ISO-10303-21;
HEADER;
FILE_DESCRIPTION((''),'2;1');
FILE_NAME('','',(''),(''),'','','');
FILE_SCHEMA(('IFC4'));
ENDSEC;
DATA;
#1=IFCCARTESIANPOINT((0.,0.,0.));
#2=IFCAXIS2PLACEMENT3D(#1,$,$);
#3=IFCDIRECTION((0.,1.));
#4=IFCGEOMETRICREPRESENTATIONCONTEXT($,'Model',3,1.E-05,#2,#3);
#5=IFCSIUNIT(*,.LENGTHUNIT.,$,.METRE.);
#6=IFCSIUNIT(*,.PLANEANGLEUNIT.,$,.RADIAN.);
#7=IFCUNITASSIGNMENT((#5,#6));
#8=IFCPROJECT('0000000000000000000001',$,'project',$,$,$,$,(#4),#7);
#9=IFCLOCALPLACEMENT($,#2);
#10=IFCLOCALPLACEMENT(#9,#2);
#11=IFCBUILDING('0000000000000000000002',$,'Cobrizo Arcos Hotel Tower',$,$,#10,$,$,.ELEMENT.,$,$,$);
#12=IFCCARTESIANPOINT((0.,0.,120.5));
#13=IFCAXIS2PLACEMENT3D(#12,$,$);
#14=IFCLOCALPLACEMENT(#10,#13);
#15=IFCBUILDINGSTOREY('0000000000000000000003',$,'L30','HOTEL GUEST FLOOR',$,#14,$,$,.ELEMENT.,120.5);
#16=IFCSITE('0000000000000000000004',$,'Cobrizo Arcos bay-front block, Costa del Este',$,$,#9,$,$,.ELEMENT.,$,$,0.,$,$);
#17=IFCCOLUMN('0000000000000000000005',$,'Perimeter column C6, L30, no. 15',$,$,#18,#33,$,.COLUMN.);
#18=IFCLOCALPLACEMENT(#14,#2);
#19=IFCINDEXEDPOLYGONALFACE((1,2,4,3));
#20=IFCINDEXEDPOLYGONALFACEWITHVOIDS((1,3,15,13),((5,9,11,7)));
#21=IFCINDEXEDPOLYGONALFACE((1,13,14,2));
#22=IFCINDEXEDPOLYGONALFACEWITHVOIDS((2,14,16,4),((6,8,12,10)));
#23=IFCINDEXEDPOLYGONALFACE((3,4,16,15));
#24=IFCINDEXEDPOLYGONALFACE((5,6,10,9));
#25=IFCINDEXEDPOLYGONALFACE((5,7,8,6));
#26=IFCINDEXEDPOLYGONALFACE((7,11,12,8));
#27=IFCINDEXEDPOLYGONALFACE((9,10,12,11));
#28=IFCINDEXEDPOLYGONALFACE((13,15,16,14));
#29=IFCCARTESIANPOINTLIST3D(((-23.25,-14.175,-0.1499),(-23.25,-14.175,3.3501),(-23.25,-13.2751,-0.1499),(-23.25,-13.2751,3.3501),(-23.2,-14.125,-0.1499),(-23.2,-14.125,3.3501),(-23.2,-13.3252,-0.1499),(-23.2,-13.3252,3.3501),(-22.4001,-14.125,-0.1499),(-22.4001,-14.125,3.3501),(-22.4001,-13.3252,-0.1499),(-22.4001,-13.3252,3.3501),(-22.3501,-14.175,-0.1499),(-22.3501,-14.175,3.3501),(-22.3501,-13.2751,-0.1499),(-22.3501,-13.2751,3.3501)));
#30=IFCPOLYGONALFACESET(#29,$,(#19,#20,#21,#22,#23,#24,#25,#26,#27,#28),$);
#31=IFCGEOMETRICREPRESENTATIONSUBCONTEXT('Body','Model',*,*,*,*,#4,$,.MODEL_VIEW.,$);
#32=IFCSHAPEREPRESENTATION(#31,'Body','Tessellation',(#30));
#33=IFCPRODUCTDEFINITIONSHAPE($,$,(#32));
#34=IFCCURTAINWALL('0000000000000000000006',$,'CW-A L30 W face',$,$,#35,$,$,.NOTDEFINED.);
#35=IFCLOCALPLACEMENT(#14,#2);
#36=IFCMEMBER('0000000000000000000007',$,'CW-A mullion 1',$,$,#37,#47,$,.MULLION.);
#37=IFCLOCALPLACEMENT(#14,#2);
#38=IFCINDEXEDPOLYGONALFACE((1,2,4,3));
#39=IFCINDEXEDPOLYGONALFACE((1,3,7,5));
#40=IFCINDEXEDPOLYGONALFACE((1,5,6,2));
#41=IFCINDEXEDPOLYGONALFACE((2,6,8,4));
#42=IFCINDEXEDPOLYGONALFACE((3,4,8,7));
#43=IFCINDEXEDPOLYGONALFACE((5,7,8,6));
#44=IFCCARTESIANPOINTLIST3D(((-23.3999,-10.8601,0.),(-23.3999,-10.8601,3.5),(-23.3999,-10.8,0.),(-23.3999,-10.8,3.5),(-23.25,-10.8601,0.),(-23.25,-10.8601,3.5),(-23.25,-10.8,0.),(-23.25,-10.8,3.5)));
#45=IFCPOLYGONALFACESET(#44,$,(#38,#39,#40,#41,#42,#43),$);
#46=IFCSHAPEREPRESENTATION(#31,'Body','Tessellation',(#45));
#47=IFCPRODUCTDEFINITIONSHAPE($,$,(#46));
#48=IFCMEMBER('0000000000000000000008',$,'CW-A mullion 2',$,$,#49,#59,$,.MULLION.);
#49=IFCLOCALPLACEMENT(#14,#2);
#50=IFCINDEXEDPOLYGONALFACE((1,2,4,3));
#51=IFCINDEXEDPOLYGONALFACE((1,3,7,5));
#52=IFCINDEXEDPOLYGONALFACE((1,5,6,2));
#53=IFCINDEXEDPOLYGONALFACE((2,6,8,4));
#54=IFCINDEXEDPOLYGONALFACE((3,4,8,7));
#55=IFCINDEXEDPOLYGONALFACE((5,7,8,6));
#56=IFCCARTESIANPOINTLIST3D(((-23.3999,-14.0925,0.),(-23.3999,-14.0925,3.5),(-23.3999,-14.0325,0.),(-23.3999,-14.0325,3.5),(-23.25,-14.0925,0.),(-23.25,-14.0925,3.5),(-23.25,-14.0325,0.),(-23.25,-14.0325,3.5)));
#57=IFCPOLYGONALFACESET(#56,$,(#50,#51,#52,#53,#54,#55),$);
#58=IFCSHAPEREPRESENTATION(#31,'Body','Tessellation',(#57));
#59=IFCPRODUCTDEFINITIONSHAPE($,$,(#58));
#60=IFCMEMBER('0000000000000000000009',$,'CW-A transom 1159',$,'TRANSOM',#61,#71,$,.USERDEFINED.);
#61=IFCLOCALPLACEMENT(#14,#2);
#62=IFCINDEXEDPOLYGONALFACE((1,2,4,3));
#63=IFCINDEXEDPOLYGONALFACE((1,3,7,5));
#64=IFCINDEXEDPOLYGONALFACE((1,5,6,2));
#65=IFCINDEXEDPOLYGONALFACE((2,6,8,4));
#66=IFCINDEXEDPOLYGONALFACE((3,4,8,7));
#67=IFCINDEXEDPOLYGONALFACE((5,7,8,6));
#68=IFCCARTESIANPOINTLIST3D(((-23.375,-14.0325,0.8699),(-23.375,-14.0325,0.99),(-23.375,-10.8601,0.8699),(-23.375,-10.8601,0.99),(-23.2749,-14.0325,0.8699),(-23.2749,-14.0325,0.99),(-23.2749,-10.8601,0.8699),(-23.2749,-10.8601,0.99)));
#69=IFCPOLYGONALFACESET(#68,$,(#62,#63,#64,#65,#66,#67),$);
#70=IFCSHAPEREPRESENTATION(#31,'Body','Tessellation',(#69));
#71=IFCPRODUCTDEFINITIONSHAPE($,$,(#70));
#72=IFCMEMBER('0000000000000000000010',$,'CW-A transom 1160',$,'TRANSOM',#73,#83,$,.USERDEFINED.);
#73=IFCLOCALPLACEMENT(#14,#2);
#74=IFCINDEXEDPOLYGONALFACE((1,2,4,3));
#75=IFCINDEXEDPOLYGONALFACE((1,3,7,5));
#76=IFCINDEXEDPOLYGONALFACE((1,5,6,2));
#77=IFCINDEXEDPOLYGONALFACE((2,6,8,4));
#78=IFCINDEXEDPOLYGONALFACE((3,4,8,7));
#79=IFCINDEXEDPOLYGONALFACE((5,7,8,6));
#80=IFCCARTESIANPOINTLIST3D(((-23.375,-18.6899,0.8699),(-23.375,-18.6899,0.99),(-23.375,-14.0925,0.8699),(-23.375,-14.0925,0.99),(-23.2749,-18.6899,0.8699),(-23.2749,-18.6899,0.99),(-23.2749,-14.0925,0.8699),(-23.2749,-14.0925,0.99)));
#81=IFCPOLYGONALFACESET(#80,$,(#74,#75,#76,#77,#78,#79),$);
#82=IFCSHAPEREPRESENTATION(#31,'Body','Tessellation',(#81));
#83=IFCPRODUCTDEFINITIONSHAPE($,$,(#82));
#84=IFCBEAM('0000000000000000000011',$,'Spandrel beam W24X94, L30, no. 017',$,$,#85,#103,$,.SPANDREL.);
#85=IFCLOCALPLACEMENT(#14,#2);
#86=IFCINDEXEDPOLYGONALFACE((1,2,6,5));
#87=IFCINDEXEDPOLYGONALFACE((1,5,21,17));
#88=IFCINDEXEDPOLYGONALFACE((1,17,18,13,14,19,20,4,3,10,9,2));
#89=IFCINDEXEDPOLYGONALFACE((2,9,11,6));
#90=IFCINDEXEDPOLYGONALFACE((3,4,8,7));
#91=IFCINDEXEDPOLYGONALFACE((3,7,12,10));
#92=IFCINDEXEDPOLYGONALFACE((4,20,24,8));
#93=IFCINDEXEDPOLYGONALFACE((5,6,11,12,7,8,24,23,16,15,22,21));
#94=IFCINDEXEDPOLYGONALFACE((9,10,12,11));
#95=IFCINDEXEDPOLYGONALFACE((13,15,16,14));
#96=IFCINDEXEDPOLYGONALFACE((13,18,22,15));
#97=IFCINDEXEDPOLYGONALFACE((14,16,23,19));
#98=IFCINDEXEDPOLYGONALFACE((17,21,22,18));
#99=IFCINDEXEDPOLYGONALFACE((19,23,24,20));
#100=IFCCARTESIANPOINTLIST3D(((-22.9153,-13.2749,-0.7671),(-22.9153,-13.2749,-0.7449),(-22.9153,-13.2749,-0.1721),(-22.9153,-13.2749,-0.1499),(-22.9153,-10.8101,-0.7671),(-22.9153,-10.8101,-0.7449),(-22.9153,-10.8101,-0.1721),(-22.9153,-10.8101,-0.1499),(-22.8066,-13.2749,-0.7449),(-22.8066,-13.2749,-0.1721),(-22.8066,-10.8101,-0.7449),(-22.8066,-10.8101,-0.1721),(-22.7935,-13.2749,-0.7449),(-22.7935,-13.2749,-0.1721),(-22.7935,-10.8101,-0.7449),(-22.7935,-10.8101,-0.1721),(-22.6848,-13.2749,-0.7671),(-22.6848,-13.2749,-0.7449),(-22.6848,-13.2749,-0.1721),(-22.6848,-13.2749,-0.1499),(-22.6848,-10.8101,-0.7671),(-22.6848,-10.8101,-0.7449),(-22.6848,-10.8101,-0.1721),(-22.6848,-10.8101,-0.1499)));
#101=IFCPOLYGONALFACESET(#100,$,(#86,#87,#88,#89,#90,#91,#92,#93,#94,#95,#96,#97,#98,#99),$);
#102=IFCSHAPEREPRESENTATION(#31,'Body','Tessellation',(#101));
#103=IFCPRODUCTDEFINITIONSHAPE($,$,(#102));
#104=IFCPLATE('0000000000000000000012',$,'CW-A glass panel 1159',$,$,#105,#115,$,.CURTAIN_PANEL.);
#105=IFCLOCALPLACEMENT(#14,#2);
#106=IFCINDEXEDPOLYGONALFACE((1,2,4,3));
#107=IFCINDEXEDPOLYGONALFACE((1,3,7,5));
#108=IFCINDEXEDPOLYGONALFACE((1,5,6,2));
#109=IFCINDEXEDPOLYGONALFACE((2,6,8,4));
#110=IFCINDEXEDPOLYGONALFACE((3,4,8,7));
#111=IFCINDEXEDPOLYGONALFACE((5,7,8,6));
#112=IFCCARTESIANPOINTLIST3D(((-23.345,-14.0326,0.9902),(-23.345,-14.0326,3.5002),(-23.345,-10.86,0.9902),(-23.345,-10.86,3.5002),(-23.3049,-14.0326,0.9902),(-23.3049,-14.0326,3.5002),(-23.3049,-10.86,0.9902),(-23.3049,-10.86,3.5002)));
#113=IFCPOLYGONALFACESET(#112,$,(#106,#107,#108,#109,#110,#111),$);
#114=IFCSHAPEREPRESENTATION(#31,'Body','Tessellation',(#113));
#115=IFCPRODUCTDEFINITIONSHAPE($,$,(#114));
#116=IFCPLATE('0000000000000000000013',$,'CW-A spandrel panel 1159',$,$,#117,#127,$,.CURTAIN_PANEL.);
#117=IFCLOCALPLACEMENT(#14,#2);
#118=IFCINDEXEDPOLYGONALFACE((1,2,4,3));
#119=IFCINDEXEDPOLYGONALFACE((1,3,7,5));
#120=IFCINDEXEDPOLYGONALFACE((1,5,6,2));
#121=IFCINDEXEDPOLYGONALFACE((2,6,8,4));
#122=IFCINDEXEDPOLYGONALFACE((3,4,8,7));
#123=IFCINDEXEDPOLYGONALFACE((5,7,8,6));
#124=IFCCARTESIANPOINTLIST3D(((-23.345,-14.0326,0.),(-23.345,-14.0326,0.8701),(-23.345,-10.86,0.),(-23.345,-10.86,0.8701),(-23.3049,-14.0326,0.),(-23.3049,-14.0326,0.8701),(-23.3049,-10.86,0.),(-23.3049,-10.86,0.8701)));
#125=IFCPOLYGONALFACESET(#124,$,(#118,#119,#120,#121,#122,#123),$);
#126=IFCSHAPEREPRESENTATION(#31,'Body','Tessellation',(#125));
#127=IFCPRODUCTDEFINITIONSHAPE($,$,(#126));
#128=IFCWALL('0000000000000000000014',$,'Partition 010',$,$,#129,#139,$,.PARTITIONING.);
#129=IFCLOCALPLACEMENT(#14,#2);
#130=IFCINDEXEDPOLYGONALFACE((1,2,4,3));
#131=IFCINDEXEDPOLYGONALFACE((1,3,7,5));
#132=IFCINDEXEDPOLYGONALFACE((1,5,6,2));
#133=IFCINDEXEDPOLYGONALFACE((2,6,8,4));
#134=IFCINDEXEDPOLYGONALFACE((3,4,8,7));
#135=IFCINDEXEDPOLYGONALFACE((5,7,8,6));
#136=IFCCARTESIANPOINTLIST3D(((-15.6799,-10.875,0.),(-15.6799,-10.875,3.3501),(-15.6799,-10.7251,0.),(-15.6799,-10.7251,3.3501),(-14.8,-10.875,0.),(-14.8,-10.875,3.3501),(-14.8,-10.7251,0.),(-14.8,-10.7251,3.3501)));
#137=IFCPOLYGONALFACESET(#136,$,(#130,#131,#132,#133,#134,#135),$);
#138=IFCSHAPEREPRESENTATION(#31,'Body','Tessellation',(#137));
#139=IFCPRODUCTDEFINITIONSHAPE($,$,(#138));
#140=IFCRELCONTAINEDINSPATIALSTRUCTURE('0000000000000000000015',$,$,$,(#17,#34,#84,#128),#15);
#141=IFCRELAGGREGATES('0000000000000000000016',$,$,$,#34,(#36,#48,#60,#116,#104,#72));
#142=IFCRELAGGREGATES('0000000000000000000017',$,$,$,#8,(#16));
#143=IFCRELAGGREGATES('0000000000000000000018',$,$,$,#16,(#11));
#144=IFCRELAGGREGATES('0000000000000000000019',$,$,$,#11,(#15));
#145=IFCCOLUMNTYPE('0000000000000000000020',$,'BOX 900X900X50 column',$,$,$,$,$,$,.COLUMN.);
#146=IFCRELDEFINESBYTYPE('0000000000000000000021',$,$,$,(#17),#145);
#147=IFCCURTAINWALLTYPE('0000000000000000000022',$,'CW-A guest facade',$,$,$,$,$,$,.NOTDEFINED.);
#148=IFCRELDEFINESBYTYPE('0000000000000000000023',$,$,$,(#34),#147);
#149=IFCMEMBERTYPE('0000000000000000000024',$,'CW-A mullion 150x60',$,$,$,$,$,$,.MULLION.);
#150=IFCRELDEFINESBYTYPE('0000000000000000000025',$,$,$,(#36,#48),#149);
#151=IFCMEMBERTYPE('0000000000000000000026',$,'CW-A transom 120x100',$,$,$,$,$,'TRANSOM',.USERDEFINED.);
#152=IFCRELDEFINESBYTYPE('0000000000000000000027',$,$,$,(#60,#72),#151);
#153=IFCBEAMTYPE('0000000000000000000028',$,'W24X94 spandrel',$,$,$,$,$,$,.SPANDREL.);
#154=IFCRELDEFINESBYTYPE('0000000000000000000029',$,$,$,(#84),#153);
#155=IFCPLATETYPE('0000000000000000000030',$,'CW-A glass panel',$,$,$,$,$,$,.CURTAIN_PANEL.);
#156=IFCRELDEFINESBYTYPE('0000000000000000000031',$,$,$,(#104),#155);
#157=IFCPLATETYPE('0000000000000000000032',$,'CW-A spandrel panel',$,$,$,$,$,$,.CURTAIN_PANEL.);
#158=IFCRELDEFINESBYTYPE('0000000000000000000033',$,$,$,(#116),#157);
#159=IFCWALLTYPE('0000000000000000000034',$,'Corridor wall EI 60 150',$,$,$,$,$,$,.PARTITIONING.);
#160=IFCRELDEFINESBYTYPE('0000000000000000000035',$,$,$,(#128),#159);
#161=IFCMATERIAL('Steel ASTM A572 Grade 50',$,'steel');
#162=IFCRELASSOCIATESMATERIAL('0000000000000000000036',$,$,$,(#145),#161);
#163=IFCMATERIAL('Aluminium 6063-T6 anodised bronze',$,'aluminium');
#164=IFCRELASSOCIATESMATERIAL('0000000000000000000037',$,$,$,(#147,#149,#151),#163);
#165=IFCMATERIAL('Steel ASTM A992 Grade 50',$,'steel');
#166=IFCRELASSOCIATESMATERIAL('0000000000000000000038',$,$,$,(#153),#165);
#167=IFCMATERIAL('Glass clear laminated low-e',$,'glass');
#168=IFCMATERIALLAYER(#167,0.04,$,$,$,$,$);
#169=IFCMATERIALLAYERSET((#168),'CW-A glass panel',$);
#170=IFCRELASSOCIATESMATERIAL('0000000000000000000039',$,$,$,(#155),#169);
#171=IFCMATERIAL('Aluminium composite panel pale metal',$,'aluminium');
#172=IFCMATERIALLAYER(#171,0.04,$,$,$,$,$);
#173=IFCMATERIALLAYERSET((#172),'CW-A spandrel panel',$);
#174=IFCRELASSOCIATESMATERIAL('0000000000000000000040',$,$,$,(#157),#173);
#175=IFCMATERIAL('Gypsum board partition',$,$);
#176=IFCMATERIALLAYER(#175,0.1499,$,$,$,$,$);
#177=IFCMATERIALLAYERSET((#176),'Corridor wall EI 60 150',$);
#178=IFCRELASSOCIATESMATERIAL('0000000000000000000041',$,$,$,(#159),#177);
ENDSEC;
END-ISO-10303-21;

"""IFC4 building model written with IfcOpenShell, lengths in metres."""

from ifc_helpers import new_model, si_unit, direction, frame, frame_2d, origin, origin_2d, place, context, subcontext, project, spatial, rectangle, hollow_rectangle, i_section, extrude, material, layer, layer_set, material_profile, profile_set, type_object, element, aggregate, save


model = new_model("IFC4")

# Units and contexts
model_context = context("Model", 3, precision=1e-05, world=origin(), true_north=direction((0.0, 1.0)))
body_context = subcontext(model_context, "Body", "Model", "MODEL_VIEW")
ifc_project = project(units=[si_unit("LENGTHUNIT", "METRE"), si_unit("PLANEANGLEUNIT", "RADIAN")], contexts=[model_context])

# Site, building, storey
site_placement = place(None, origin())
site = spatial("IfcSite", under=ifc_project, at=site_placement, Name="Cobrizo Arcos bay-front block, Costa del Este", CompositionType="ELEMENT", RefElevation=0.0)
building_placement = place(site_placement, origin())
building = spatial("IfcBuilding", under=site, at=building_placement, Name="Cobrizo Arcos Hotel Tower", CompositionType="ELEMENT")
storey_placement = place(building_placement, frame((0.0, 0.0, 120.5)))
storey = spatial("IfcBuildingStorey", under=building, at=storey_placement, Name="L30", Description="HOTEL GUEST FLOOR", CompositionType="ELEMENT", Elevation=120.5)

# Column
ifc_material_1 = material(Name="Steel ASTM A572 Grade 50", Category="steel")
ifc_material_profile_1 = material_profile(ifc_material_1, hollow_rectangle(XDim=0.8999, YDim=0.8999, WallThickness=0.05, at=origin_2d()), Name="BOX 900X900X50")
ifc_profile_set_1 = profile_set([ifc_material_profile_1], Name="Steel ASTM A572 Grade 50")
column_type = type_object("IfcColumnType", Name="BOX 900X900X50 column", PredefinedType="COLUMN", material=ifc_profile_set_1)
column_placement = place(storey_placement, frame((-22.8, -13.7251, -0.1499), z_axis=(0.0, 0.0, 1.0), x_axis=(1.0, 0.0, 0.0)))
element("IfcColumn", 1, at=column_placement, inside=storey, type_object=column_type, Name="Perimeter column C6, L30, no. 15", PredefinedType="COLUMN", context=body_context, shape_type="SweptSolid", body=[
    extrude(hollow_rectangle(XDim=0.8999, YDim=0.8999, WallThickness=0.05, at=origin_2d()), origin(), (0.0, 0.0, 1.0), 3.5),
])

# Curtain wall, members
ifc_material_2 = material(Name="Aluminium 6063-T6 anodised bronze", Category="aluminium")
curtain_wall_type = type_object("IfcCurtainWallType", Name="CW-A guest facade", PredefinedType="NOTDEFINED", material=ifc_material_2)
curtain_wall_placement = place(storey_placement, origin())
curtain_wall = element("IfcCurtainWall", 2, at=curtain_wall_placement, inside=storey, type_object=curtain_wall_type, Name="CW-A L30 W face", PredefinedType="NOTDEFINED")
ifc_material_profile_2 = material_profile(ifc_material_2, rectangle(XDim=0.1499, YDim=0.0601, at=origin_2d()), Name="CW-A mullion 150x60")
ifc_profile_set_2 = profile_set([ifc_material_profile_2], Name="Aluminium 6063-T6 anodised bronze")
member_type_1 = type_object("IfcMemberType", Name="CW-A mullion 150x60", PredefinedType="MULLION", material=ifc_profile_set_2)
member_1_placement = place(storey_placement, frame((-23.325, -10.8301, 0.0), z_axis=(0.0, 0.0, 1.0), x_axis=(-1.0, 0.0, 0.0)))
member_1 = element("IfcMember", 3, at=member_1_placement, type_object=member_type_1, Name="CW-A mullion 1", PredefinedType="MULLION", context=body_context, shape_type="SweptSolid", body=[
    extrude(rectangle(XDim=0.1499, YDim=0.0601, at=origin_2d()), origin(), (0.0, 0.0, 1.0), 3.5),
])
member_2_placement = place(storey_placement, frame((-23.325, -14.0625, 0.0), z_axis=(0.0, 0.0, 1.0), x_axis=(-1.0, 0.0, 0.0)))
member_2 = element("IfcMember", 4, at=member_2_placement, type_object=member_type_1, Name="CW-A mullion 2", PredefinedType="MULLION", context=body_context, shape_type="SweptSolid", body=[
    extrude(rectangle(XDim=0.1499, YDim=0.0601, at=origin_2d()), origin(), (0.0, 0.0, 1.0), 3.5),
])
ifc_material_profile_3 = material_profile(ifc_material_2, rectangle(XDim=0.1001, YDim=0.1201, at=origin_2d()), Name="CW-A transom 120x100")
ifc_profile_set_3 = profile_set([ifc_material_profile_3], Name="Aluminium 6063-T6 anodised bronze")
member_type_2 = type_object("IfcMemberType", Name="CW-A transom 120x100", ElementType="TRANSOM", PredefinedType="USERDEFINED", material=ifc_profile_set_3)
member_3_placement = place(storey_placement, frame((-23.325, -10.8601, 0.9299), z_axis=(0.0, -1.0, 0.0), x_axis=(1.0, 0.0, 0.0)))
member_3 = element("IfcMember", 5, at=member_3_placement, type_object=member_type_2, Name="CW-A transom 1159", ObjectType="TRANSOM", PredefinedType="USERDEFINED", context=body_context, shape_type="SweptSolid", body=[
    extrude(rectangle(XDim=0.1001, YDim=0.1201, at=origin_2d()), origin(), (0.0, 0.0, 1.0), 3.1724),
])
member_4_placement = place(storey_placement, frame((-23.325, -14.0925, 0.9299), z_axis=(0.0, -1.0, 0.0), x_axis=(1.0, 0.0, 0.0)))
member_4 = element("IfcMember", 6, at=member_4_placement, type_object=member_type_2, Name="CW-A transom 1160", ObjectType="TRANSOM", PredefinedType="USERDEFINED", context=body_context, shape_type="SweptSolid", body=[
    extrude(rectangle(XDim=0.1001, YDim=0.1201, at=origin_2d()), origin(), (0.0, 0.0, 1.0), 4.5974),
])

# Beam
ifc_material_3 = material(Name="Steel ASTM A992 Grade 50", Category="steel")
ifc_material_profile_4 = material_profile(ifc_material_3, i_section(OverallWidth=0.2305, OverallDepth=0.6172, WebThickness=0.0132, FlangeThickness=0.0222, at=origin_2d()), Name="W24X94")
ifc_profile_set_4 = profile_set([ifc_material_profile_4], Name="Steel ASTM A992 Grade 50")
beam_type = type_object("IfcBeamType", Name="W24X94 spandrel", PredefinedType="SPANDREL", material=ifc_profile_set_4)
beam_placement = place(storey_placement, frame((-22.8, -13.2749, -0.4585), z_axis=(0.0, 1.0, 0.0), x_axis=(-1.0, 0.0, 0.0)))
element("IfcBeam", 7, at=beam_placement, inside=storey, type_object=beam_type, Name="Spandrel beam W24X94, L30, no. 017", PredefinedType="SPANDREL", context=body_context, shape_type="SweptSolid", body=[
    extrude(i_section(OverallWidth=0.2305, OverallDepth=0.6172, WebThickness=0.0132, FlangeThickness=0.0222, at=origin_2d()), origin(), (0.0, 0.0, 1.0), 2.4648),
])

# Plates
ifc_material_4 = material(Name="Glass clear laminated low-e", Category="glass")
ifc_layer_1 = layer(ifc_material_4, 0.04)
ifc_layer_set_1 = layer_set([ifc_layer_1], Name="CW-A glass panel")
plate_type_1 = type_object("IfcPlateType", Name="CW-A glass panel", PredefinedType="CURTAIN_PANEL", material=ifc_layer_set_1)
plate_1_placement = place(storey_placement, frame((-23.325, -12.4463, 0.9902), z_axis=(0.0, 0.0, 1.0), x_axis=(0.0, -1.0, 0.0)))
plate_1 = element("IfcPlate", 8, at=plate_1_placement, type_object=plate_type_1, Name="CW-A glass panel 1159", PredefinedType="CURTAIN_PANEL", context=body_context, shape_type="SweptSolid", body=[
    extrude(rectangle(XDim=3.1726, YDim=0.04, at=origin_2d()), origin(), (0.0, 0.0, 1.0), 2.51),
])
ifc_material_5 = material(Name="Aluminium composite panel pale metal", Category="aluminium")
ifc_layer_2 = layer(ifc_material_5, 0.04)
ifc_layer_set_2 = layer_set([ifc_layer_2], Name="CW-A spandrel panel")
plate_type_2 = type_object("IfcPlateType", Name="CW-A spandrel panel", PredefinedType="CURTAIN_PANEL", material=ifc_layer_set_2)
plate_2_placement = place(storey_placement, frame((-23.325, -12.4463, 0.0), z_axis=(0.0, 0.0, 1.0), x_axis=(0.0, -1.0, 0.0)))
plate_2 = element("IfcPlate", 9, at=plate_2_placement, type_object=plate_type_2, Name="CW-A spandrel panel 1159", PredefinedType="CURTAIN_PANEL", context=body_context, shape_type="SweptSolid", body=[
    extrude(rectangle(XDim=3.1726, YDim=0.04, at=origin_2d()), origin(), (0.0, 0.0, 1.0), 0.8701),
])
aggregate(curtain_wall, [member_1, member_2, member_3, plate_2, plate_1, member_4])

# Wall
ifc_material_6 = material(Name="Gypsum board partition")
ifc_layer_3 = layer(ifc_material_6, 0.1499)
ifc_layer_set_3 = layer_set([ifc_layer_3], Name="Corridor wall EI 60 150")
wall_type_1 = type_object("IfcWallType", Name="Corridor wall EI 60 150", PredefinedType="PARTITIONING", material=ifc_layer_set_3)
wall_1_placement = place(storey_placement, frame((-15.6799, -10.8, 0.0), z_axis=(0.0, 0.0, 1.0), x_axis=(1.0, 0.0, 0.0)))
element("IfcWall", 10, at=wall_1_placement, inside=storey, type_object=wall_type_1, Name="Partition 010", PredefinedType="PARTITIONING", context=body_context, shape_type="SweptSolid", body=[
    extrude(rectangle(XDim=0.8799, YDim=0.1499, at=frame_2d((0.4399, 0.0))), origin(), (0.0, 0.0, 1.0), 3.3501),
])

save(model, "model.ifc")
